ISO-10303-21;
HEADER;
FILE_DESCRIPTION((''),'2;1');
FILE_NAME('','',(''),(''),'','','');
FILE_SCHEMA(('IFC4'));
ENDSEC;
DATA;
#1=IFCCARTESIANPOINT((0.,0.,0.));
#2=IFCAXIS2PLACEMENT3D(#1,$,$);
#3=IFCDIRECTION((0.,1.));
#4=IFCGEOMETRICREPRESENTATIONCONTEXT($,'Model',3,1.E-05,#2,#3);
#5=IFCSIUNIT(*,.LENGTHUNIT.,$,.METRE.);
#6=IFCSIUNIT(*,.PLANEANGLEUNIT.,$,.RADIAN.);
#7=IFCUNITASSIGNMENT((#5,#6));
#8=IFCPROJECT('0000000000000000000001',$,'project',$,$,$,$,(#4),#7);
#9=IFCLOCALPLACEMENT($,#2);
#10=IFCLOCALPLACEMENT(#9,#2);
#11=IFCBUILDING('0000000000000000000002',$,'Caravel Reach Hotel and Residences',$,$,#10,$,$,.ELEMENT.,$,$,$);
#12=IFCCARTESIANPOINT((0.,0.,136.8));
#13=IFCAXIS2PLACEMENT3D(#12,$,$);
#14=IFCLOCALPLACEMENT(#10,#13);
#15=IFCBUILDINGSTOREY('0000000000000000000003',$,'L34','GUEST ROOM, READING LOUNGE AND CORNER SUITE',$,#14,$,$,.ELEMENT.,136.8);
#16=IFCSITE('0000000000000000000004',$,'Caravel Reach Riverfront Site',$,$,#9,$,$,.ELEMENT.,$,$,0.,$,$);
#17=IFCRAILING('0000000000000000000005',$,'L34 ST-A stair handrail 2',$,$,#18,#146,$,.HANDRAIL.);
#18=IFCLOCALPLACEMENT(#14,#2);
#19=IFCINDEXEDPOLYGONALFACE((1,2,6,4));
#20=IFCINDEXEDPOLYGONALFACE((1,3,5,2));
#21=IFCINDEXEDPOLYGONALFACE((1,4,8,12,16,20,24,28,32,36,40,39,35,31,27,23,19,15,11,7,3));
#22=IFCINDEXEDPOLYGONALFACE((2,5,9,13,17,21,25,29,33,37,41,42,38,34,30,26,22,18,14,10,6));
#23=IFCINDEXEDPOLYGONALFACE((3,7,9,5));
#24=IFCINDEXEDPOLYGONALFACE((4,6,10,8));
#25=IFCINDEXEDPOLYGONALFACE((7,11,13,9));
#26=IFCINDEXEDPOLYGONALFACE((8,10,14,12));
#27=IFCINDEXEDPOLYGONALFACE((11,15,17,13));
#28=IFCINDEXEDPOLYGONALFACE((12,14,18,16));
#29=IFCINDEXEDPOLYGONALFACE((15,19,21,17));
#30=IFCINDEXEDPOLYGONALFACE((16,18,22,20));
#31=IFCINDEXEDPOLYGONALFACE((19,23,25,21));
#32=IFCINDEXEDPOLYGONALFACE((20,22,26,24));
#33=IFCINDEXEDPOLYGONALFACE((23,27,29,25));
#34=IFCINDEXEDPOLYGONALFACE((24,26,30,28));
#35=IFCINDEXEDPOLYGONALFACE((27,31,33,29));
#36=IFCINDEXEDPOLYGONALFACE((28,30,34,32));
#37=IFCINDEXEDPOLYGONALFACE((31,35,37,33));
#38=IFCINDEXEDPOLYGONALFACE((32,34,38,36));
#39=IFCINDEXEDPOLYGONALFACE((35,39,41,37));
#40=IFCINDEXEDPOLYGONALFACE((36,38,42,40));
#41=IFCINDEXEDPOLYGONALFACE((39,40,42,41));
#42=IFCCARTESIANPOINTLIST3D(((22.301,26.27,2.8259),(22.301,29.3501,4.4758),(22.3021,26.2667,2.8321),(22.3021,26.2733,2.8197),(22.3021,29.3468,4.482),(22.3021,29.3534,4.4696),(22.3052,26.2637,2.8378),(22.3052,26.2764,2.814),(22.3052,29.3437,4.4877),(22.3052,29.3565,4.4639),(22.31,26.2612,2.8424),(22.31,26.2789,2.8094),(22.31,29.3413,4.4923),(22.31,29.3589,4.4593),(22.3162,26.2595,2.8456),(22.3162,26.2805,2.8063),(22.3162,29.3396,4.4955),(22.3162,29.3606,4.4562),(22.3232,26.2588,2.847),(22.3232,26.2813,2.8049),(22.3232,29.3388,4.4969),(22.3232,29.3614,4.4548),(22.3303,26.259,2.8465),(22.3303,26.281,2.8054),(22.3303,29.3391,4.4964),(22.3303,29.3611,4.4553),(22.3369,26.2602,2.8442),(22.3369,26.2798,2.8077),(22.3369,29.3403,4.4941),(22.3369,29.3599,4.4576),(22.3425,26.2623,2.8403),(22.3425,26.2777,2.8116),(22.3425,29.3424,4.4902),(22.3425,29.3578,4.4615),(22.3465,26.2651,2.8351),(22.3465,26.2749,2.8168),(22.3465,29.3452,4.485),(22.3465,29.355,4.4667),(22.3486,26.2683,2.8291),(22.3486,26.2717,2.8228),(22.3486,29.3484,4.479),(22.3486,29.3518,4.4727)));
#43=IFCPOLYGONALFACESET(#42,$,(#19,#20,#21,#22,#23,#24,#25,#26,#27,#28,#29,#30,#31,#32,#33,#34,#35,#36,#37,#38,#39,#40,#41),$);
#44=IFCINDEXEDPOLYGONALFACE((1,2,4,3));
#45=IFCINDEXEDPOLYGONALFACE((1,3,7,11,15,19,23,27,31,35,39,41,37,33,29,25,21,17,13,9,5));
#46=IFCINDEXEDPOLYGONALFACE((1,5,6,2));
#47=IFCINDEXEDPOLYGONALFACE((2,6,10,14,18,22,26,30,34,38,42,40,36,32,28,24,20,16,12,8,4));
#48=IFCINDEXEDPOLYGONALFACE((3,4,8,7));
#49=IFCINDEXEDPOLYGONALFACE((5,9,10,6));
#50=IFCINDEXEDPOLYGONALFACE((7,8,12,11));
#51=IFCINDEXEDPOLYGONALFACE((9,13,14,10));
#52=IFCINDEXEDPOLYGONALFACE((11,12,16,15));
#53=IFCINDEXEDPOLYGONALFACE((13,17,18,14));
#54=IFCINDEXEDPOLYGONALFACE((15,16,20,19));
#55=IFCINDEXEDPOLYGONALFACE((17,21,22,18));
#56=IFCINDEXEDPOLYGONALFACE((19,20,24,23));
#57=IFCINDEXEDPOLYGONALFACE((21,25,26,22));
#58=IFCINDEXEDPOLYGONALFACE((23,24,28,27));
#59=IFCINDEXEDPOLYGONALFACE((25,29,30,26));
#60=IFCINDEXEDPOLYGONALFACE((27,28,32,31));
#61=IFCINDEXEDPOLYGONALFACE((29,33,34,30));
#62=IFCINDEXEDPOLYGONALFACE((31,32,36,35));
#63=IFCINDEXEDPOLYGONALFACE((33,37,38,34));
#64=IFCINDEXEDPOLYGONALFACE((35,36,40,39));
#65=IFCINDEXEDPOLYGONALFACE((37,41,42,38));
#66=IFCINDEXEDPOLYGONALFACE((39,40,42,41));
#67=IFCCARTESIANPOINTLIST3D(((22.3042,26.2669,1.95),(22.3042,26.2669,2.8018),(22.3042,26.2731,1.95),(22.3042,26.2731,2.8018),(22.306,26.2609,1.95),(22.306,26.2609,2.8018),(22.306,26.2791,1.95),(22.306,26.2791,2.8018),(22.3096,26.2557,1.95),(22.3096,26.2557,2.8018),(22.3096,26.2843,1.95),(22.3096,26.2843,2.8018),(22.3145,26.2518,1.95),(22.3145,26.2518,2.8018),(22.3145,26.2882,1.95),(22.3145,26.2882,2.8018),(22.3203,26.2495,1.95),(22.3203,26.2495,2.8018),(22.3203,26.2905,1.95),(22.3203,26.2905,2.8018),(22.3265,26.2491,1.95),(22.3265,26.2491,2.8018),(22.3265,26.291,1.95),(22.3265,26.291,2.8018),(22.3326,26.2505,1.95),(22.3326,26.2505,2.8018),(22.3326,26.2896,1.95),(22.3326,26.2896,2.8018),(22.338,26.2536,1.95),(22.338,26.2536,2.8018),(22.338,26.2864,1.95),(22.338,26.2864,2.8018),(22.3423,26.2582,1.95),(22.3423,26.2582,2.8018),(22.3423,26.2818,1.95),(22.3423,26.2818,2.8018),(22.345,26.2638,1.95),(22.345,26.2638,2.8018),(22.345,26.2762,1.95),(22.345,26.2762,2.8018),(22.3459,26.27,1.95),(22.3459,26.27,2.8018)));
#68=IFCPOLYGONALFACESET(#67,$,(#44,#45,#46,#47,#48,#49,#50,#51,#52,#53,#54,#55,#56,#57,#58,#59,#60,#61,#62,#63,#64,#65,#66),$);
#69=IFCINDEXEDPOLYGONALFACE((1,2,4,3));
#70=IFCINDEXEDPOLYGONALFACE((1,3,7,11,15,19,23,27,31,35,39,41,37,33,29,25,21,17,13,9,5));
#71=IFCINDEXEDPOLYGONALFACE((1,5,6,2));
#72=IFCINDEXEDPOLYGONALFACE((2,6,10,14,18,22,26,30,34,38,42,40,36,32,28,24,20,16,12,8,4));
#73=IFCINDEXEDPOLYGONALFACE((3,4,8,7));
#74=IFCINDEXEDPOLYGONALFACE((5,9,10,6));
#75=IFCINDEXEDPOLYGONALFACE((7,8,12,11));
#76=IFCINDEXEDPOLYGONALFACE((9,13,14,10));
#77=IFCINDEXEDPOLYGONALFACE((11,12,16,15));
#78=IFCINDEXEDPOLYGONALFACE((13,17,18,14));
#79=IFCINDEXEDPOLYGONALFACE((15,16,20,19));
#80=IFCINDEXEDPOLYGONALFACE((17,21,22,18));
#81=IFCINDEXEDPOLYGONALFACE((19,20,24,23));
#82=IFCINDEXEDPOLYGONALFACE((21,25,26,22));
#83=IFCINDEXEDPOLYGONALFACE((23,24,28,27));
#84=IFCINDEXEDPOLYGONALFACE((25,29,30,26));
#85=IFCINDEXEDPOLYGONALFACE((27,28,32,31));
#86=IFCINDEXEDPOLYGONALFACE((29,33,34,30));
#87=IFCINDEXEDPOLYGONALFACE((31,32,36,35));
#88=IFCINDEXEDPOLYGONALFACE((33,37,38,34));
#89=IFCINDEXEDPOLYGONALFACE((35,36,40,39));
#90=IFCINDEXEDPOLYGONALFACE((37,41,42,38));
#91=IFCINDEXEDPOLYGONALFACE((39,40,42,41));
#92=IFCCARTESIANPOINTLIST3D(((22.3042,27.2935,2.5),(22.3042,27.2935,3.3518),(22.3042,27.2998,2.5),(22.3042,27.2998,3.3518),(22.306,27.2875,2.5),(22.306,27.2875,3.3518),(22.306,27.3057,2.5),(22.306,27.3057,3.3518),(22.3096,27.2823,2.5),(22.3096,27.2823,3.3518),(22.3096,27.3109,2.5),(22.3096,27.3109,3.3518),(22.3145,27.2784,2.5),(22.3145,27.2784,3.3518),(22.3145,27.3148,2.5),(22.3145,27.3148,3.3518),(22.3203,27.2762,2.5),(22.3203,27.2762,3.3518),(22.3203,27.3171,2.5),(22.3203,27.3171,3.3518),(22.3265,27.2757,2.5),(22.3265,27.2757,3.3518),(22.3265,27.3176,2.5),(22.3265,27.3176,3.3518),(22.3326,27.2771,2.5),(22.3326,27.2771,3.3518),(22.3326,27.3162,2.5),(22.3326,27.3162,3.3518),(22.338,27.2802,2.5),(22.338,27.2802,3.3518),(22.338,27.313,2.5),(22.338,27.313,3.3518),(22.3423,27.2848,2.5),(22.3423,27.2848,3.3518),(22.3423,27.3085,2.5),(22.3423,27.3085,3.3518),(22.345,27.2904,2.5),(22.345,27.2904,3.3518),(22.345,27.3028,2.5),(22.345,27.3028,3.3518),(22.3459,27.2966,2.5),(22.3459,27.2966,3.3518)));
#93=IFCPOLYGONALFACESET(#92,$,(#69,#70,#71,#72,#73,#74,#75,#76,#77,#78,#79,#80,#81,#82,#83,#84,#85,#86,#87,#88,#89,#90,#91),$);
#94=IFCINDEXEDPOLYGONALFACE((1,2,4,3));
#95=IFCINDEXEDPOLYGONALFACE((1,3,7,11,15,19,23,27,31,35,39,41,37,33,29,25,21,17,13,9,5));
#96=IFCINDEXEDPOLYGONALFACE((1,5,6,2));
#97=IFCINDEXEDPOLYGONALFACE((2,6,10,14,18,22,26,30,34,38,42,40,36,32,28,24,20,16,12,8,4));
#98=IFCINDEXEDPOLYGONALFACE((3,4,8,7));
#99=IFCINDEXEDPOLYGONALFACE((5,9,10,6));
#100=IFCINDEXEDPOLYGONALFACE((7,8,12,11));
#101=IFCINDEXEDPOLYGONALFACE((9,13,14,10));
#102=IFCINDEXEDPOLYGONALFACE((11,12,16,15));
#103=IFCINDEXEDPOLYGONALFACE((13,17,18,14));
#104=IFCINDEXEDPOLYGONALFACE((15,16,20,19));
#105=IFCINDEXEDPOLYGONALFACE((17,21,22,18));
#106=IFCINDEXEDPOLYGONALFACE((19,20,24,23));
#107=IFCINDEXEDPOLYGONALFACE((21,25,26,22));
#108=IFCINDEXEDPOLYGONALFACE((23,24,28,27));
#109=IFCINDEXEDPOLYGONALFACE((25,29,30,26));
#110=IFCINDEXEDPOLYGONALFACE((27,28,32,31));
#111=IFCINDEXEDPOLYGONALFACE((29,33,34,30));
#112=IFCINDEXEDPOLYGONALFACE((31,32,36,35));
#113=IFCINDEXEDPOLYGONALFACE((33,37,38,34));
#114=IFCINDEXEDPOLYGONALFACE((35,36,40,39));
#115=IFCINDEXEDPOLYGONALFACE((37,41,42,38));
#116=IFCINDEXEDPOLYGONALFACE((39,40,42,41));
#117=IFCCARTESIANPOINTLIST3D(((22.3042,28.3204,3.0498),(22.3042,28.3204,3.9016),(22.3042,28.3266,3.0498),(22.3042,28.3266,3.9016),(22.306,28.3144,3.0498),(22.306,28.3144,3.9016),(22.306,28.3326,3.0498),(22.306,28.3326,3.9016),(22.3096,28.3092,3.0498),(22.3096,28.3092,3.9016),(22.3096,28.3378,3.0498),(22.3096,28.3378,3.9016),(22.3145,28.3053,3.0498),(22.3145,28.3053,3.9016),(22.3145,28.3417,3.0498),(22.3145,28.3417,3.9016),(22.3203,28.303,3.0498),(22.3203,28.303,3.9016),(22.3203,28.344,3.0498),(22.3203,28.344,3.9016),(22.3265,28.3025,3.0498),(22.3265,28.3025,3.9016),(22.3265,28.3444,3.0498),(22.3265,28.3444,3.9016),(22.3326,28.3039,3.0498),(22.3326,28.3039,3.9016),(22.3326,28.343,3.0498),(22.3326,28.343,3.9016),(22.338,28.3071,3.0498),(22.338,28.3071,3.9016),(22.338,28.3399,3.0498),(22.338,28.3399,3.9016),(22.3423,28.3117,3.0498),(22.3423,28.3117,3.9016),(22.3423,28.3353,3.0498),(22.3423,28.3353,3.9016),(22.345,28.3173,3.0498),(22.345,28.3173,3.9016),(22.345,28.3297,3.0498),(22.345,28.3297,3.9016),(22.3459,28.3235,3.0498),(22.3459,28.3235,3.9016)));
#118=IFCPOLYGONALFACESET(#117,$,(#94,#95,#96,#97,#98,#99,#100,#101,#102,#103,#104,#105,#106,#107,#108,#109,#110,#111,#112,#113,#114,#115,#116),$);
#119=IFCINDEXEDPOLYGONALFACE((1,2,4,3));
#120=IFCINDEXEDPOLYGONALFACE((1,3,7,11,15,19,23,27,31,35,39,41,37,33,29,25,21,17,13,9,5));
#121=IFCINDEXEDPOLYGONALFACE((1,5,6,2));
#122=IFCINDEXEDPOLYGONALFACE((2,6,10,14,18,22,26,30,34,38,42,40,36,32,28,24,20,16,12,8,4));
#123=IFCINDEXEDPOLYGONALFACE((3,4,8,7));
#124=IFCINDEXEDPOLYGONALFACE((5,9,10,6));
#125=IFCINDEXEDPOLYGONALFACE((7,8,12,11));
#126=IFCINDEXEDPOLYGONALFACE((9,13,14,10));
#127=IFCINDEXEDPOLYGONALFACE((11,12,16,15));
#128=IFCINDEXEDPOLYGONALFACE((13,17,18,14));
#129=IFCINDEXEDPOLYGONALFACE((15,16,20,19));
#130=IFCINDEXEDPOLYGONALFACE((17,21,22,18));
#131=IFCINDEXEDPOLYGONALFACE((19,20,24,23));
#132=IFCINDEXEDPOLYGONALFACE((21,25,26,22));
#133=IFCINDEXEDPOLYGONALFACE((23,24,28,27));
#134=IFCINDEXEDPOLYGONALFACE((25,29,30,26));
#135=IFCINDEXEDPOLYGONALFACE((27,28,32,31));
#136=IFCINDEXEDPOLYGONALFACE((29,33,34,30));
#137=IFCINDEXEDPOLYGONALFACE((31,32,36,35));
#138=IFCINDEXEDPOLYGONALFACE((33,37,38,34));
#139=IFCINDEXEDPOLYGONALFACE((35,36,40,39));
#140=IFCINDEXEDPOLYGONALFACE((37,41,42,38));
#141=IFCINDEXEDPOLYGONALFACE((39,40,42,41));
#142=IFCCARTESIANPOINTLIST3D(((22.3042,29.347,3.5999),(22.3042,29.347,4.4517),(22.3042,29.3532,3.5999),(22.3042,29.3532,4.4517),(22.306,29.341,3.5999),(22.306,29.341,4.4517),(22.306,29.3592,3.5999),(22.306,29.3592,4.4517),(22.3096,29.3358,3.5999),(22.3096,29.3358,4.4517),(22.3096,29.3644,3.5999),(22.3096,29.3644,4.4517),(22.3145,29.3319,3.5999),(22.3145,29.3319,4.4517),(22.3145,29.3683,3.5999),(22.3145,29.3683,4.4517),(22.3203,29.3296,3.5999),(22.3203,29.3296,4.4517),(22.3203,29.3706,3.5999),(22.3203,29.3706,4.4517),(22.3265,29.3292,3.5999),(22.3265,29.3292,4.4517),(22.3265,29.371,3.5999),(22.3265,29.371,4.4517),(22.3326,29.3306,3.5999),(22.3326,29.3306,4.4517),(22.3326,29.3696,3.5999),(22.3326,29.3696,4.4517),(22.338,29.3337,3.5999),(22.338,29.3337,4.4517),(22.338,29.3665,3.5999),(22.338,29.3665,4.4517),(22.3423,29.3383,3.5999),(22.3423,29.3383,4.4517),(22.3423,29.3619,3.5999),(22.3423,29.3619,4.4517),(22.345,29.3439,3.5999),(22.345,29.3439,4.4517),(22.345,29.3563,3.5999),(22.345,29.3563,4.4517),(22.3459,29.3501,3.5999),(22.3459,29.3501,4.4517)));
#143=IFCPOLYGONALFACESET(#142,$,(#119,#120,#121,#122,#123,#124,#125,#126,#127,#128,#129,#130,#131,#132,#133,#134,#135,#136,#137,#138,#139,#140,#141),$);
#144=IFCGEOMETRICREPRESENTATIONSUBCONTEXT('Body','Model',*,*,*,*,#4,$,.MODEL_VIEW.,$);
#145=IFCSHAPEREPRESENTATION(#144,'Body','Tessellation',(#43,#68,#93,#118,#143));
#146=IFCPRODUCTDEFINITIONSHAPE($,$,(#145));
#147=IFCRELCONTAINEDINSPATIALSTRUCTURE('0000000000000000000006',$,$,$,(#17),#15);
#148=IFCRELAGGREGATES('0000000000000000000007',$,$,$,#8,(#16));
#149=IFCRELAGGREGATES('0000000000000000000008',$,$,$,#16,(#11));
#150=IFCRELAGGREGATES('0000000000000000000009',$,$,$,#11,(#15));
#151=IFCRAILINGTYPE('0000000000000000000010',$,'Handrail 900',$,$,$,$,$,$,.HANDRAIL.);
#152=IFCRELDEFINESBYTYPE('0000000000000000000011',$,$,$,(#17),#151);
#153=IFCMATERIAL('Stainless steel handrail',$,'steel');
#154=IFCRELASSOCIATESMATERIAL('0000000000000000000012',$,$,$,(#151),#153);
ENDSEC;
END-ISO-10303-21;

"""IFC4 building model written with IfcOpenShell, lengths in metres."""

from ifc_helpers import new_model, si_unit, direction, frame, origin, origin_2d, place, context, subcontext, project, spatial, circle, extrude, material, type_object, element, save


model = new_model("IFC4")

# Units and contexts
model_context = context("Model", 3, precision=1e-05, world=origin(), true_north=direction((0.0, 1.0)))
body_context = subcontext(model_context, "Body", "Model", "MODEL_VIEW")
ifc_project = project(units=[si_unit("LENGTHUNIT", "METRE"), si_unit("PLANEANGLEUNIT", "RADIAN")], contexts=[model_context])

# Site, building, storey
site_placement = place(None, origin())
site = spatial("IfcSite", under=ifc_project, at=site_placement, Name="Caravel Reach Riverfront Site", CompositionType="ELEMENT", RefElevation=0.0)
building_placement = place(site_placement, origin())
building = spatial("IfcBuilding", under=site, at=building_placement, Name="Caravel Reach Hotel and Residences", CompositionType="ELEMENT")
storey_placement = place(building_placement, frame((0.0, 0.0, 136.8)))
storey = spatial("IfcBuildingStorey", under=building, at=storey_placement, Name="L34", Description="GUEST ROOM, READING LOUNGE AND CORNER SUITE", CompositionType="ELEMENT", Elevation=136.8)

# Railing
ifc_material_1 = material(Name="Stainless steel handrail", Category="steel")
railing_type_1 = type_object("IfcRailingType", Name="Handrail 900", PredefinedType="HANDRAIL", material=ifc_material_1)
railing_1_placement = place(storey_placement, frame((22.325, 26.27, 1.95)))
element("IfcRailing", 1, at=railing_1_placement, inside=storey, type_object=railing_type_1, Name="L34 ST-A stair handrail 2", PredefinedType="HANDRAIL", context=body_context, shape_type="SweptSolid", body=[
    extrude(circle(Radius=0.0239, at=origin_2d()), frame((0.0, 0.0, 0.876), z_axis=(0.0, 0.881497, 0.47219), x_axis=(-1.0, 0.0, 0.0)), (0.0, 0.0, 1.0), 3.4941),
    extrude(circle(Radius=0.021, at=origin_2d()), origin(), (0.0, 0.0, 1.0), 0.8518),
    extrude(circle(Radius=0.021, at=origin_2d()), frame((0.0, 1.0266, 0.55)), (0.0, 0.0, 1.0), 0.8518),
    extrude(circle(Radius=0.021, at=origin_2d()), frame((0.0, 2.0535, 1.0999)), (0.0, 0.0, 1.0), 0.8518),
    extrude(circle(Radius=0.021, at=origin_2d()), frame((0.0, 3.0801, 1.6499)), (0.0, 0.0, 1.0), 0.8518),
])

save(model, "model.ifc")
